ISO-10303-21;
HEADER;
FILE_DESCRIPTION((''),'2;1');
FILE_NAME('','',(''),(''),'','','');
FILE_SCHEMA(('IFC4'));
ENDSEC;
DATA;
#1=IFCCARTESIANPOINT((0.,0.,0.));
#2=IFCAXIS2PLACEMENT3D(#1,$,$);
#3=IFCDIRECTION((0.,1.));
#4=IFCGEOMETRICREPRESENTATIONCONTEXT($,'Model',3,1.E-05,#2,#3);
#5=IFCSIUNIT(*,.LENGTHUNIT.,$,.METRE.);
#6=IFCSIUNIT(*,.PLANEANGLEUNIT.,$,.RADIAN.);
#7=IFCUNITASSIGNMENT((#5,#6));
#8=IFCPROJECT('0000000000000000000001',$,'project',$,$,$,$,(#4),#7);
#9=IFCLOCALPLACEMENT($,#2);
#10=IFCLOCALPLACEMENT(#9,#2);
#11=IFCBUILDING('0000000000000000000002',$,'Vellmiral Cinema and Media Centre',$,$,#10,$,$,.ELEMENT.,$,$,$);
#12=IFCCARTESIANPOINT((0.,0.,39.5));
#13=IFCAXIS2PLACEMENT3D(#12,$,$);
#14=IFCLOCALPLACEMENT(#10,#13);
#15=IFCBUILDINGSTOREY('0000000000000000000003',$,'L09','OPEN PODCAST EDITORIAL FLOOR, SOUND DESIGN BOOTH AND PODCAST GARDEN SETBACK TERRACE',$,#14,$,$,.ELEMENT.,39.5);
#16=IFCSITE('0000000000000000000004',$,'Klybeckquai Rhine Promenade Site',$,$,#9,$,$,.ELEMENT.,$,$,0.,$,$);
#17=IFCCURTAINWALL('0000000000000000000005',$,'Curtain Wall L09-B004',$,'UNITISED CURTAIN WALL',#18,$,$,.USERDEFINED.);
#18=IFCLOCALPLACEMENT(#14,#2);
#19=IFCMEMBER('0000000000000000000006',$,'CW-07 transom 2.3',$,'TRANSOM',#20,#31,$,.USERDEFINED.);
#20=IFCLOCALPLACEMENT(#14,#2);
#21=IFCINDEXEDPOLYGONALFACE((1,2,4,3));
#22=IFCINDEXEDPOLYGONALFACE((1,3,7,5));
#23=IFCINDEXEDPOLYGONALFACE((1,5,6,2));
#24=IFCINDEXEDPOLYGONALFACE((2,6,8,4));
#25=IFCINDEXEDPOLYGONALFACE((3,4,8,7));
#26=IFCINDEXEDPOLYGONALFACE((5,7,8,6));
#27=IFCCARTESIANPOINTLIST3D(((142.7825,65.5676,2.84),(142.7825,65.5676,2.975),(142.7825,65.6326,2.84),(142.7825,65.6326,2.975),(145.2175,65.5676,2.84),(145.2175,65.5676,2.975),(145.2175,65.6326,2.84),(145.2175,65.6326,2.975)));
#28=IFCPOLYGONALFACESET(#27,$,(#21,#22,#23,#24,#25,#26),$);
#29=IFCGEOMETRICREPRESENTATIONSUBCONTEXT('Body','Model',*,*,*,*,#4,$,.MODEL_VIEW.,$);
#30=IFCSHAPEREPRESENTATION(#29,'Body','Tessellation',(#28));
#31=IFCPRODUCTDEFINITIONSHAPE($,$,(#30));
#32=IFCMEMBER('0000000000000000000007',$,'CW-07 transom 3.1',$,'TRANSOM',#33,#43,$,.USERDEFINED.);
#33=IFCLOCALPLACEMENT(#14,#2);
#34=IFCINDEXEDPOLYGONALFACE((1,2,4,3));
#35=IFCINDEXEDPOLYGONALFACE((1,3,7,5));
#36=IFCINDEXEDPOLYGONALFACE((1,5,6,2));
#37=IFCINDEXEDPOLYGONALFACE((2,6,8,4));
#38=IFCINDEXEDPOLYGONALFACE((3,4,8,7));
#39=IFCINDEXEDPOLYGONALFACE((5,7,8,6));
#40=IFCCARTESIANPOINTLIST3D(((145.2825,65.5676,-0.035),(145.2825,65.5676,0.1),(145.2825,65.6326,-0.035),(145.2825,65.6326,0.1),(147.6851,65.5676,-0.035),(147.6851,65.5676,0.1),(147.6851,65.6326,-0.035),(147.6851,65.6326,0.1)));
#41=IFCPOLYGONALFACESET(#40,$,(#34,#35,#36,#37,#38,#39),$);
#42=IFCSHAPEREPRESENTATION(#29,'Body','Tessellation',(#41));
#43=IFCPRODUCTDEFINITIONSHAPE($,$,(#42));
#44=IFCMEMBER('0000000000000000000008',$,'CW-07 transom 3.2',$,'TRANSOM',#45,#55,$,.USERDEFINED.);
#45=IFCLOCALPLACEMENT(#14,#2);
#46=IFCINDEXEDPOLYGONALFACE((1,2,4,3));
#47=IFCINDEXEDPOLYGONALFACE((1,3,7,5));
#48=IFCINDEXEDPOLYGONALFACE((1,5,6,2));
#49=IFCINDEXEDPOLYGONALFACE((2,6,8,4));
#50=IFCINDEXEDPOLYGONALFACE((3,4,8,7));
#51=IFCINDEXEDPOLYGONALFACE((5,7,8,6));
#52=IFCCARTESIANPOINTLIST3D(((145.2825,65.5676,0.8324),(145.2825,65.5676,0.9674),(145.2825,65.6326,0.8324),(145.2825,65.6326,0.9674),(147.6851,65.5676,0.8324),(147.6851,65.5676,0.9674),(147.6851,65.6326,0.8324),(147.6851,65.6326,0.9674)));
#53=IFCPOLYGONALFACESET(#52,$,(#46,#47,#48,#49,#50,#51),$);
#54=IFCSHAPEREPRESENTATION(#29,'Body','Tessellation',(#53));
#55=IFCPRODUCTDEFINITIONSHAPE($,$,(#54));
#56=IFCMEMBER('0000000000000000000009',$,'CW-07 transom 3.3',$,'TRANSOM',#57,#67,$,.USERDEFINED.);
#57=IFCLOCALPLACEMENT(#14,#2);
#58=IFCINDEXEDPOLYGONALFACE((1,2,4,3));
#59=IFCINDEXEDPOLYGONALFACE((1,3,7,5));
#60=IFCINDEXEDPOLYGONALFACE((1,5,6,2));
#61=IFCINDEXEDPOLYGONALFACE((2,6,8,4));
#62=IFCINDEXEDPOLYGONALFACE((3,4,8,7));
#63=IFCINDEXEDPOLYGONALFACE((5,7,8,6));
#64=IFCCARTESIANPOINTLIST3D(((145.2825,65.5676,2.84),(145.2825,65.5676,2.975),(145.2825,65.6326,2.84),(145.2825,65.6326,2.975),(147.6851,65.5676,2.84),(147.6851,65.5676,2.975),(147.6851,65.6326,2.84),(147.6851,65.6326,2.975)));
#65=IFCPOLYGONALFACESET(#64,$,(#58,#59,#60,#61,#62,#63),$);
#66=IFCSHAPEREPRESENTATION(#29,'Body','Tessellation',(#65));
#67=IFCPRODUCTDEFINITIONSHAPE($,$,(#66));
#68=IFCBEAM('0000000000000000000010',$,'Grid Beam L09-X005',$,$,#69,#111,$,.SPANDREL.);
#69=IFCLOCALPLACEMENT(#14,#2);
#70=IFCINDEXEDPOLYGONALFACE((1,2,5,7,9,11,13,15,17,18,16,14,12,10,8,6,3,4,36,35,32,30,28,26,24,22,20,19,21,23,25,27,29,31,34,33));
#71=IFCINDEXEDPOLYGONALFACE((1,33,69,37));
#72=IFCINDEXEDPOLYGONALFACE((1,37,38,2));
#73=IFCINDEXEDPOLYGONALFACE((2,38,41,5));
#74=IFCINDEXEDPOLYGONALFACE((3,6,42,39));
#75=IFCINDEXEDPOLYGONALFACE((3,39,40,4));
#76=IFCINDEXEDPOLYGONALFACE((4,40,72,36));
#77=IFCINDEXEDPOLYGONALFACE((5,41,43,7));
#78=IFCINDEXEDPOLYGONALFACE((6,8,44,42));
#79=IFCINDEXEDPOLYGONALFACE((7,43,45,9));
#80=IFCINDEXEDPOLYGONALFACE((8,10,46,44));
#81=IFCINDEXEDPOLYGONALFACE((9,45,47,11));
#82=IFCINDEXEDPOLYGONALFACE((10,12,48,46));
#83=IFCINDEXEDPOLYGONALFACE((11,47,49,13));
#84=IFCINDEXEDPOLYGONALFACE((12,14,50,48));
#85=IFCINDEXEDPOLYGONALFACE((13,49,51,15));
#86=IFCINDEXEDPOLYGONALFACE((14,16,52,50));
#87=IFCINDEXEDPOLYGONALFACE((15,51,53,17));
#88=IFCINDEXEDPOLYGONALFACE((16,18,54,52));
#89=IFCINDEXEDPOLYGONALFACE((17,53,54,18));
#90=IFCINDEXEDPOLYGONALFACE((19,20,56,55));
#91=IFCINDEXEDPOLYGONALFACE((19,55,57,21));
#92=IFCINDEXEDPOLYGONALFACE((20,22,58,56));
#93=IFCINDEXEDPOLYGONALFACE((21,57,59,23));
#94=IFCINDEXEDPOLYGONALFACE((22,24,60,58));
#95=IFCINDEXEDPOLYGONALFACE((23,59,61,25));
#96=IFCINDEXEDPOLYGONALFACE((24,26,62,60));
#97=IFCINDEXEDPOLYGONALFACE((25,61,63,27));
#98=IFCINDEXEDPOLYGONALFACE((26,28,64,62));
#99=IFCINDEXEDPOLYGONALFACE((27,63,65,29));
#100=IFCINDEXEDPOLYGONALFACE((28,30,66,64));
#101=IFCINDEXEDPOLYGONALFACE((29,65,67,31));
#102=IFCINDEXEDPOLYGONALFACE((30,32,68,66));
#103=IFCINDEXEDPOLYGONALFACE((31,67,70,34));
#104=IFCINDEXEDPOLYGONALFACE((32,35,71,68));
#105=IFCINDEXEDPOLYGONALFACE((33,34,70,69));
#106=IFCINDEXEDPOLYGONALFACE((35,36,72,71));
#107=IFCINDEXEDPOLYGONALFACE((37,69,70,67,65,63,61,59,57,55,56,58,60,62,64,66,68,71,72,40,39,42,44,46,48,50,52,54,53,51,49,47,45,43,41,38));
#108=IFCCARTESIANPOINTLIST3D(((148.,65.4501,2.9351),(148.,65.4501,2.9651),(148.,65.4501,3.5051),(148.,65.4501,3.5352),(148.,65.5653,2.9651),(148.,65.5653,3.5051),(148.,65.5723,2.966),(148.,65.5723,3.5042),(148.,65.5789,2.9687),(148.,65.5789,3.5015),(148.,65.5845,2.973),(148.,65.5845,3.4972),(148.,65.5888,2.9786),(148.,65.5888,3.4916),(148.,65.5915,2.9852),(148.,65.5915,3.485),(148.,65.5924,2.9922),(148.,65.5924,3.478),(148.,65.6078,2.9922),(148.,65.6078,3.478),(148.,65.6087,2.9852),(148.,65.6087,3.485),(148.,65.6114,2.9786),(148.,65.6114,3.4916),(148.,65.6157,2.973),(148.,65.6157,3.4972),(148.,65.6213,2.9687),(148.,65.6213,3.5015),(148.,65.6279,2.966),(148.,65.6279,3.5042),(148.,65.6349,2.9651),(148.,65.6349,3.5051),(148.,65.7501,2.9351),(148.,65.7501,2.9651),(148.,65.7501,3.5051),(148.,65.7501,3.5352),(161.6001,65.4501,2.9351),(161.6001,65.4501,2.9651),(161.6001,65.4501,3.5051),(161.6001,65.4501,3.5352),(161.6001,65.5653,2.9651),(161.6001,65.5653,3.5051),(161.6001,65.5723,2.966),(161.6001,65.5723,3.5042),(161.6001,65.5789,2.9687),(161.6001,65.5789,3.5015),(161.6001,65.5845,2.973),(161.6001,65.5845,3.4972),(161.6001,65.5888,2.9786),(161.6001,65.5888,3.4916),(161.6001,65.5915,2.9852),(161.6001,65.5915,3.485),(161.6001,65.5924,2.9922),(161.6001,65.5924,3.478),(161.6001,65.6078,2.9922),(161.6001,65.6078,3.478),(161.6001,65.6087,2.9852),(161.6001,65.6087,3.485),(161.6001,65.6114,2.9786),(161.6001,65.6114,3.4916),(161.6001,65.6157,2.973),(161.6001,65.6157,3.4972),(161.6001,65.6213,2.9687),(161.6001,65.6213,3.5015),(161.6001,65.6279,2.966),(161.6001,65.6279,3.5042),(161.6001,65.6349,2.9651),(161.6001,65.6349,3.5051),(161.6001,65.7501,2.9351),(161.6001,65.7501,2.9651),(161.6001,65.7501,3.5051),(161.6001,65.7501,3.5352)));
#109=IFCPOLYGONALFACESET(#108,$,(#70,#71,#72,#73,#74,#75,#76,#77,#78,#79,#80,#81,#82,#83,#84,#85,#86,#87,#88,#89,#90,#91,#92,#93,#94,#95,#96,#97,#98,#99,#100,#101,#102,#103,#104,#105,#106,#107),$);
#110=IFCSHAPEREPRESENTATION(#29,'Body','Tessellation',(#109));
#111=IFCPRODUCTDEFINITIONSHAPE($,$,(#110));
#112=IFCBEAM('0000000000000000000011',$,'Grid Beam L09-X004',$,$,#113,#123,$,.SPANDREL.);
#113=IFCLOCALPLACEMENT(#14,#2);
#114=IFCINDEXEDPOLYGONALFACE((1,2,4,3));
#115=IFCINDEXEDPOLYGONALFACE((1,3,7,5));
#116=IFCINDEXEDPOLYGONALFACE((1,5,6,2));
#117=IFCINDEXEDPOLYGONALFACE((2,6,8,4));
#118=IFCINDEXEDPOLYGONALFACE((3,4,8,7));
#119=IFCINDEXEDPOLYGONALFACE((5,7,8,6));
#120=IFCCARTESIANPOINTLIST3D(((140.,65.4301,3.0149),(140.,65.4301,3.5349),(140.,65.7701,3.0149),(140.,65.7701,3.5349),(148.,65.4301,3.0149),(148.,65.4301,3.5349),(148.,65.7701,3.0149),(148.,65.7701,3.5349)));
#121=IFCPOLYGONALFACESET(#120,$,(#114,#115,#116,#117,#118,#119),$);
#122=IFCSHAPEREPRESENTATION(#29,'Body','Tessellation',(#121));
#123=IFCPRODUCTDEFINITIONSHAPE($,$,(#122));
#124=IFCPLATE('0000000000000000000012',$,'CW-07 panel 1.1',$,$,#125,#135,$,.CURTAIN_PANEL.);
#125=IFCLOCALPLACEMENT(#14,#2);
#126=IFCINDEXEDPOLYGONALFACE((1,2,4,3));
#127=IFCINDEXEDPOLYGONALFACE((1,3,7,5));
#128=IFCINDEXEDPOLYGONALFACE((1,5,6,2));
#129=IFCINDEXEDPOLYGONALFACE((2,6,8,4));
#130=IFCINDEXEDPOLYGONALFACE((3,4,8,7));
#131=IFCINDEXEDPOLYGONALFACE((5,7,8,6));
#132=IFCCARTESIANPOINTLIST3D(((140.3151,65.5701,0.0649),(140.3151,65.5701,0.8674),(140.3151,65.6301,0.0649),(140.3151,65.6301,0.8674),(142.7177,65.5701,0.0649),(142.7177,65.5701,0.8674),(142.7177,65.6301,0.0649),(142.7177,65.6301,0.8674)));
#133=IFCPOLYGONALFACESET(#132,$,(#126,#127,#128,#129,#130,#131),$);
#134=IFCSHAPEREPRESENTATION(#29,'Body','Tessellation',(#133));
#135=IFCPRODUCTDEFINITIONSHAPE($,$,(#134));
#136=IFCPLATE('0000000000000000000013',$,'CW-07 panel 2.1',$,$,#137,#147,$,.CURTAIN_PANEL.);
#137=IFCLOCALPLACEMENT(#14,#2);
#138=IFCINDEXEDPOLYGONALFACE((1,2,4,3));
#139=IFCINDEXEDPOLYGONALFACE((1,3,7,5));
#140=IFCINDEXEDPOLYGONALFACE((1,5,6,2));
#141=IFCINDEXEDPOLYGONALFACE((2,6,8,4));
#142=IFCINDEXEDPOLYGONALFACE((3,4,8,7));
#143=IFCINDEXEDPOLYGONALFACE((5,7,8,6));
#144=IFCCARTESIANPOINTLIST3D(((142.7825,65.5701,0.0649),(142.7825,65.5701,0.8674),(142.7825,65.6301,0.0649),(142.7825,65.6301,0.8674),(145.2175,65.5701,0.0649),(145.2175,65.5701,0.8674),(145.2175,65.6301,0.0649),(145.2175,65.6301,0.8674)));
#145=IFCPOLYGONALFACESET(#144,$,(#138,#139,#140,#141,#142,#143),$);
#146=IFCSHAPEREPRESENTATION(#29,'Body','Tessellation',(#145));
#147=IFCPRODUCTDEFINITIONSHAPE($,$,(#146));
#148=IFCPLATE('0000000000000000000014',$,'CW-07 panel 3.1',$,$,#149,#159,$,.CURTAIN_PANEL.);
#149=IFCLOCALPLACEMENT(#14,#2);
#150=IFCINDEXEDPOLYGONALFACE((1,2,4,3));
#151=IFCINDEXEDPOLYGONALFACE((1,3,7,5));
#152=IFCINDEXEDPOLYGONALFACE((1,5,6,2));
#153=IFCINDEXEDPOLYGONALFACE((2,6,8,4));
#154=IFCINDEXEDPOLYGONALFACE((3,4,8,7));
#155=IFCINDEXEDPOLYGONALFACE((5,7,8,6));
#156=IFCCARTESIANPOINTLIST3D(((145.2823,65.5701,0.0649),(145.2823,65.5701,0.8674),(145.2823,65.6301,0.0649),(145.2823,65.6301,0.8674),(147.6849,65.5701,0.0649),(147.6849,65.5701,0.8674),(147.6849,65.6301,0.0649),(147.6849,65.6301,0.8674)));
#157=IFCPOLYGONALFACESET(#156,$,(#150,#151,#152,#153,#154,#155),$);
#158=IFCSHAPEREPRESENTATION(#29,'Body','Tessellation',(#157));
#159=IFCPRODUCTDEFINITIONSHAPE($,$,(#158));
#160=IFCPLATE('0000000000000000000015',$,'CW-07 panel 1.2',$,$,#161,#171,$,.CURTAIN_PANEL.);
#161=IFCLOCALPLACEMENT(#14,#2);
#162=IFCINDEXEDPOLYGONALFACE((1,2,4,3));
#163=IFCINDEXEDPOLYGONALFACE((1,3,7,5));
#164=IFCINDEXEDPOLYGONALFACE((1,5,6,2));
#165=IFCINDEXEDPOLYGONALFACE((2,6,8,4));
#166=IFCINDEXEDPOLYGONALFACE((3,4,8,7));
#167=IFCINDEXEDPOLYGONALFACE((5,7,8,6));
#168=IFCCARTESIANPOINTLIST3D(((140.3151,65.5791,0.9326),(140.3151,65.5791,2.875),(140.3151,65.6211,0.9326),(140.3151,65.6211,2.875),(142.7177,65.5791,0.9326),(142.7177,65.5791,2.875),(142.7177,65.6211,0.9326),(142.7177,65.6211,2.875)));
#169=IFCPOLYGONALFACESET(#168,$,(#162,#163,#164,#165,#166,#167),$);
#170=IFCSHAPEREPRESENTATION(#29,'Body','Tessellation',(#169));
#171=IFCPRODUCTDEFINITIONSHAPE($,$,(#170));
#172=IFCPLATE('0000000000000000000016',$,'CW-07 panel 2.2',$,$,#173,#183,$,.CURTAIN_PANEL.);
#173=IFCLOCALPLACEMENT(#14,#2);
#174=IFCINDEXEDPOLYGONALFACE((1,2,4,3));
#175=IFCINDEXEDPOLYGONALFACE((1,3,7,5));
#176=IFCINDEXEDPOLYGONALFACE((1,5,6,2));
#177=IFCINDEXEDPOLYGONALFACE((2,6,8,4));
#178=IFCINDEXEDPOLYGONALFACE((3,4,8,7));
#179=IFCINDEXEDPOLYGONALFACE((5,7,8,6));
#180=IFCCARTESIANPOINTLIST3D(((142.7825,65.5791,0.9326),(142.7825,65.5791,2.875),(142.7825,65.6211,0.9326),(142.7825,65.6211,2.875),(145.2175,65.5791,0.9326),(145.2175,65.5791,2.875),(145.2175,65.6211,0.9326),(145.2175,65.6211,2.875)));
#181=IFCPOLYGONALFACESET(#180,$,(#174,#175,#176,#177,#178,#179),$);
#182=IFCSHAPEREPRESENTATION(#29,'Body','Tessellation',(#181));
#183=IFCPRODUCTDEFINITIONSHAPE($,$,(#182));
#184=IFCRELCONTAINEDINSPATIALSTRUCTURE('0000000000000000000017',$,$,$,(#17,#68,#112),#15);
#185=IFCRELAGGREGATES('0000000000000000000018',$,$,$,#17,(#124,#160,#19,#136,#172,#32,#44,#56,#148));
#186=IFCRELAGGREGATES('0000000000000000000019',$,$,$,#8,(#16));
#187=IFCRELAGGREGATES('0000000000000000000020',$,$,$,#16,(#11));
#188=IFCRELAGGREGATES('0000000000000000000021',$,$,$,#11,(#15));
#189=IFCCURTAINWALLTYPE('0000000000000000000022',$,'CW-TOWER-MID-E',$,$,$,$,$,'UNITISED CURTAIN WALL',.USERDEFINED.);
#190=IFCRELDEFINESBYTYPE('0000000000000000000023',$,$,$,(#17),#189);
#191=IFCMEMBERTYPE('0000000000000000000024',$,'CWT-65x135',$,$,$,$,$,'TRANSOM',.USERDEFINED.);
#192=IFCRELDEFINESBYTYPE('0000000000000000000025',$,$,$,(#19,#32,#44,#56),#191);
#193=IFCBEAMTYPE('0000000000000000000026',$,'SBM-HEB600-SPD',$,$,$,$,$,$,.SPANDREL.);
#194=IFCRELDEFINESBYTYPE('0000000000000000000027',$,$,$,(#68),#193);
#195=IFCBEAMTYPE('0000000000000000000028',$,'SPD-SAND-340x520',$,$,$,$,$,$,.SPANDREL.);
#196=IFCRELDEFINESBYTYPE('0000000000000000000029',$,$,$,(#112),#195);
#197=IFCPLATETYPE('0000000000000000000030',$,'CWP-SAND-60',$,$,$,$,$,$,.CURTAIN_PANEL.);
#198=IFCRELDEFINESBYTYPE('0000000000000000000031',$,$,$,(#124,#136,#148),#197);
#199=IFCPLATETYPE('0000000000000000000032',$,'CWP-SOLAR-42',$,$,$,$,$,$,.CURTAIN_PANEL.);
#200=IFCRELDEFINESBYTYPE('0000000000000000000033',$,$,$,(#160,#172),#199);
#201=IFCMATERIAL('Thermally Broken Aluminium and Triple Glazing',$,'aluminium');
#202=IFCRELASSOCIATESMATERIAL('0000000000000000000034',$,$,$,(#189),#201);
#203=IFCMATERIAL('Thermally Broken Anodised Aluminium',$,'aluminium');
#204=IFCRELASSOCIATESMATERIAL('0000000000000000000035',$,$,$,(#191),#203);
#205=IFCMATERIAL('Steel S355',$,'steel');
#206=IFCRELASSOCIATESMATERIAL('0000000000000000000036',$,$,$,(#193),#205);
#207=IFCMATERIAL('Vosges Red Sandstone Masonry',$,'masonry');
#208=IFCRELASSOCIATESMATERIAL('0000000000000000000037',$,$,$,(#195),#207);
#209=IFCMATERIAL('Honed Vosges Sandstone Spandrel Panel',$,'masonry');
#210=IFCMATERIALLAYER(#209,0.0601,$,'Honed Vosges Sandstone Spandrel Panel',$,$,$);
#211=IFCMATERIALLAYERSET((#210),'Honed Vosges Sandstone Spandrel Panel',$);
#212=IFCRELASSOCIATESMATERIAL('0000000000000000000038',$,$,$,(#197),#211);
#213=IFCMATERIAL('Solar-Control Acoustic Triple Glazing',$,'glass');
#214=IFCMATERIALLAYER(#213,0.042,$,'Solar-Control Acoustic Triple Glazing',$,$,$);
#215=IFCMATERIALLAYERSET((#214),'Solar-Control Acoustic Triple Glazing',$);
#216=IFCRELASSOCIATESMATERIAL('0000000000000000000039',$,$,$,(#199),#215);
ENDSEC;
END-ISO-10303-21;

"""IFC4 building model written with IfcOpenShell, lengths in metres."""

from ifc_helpers import new_model, si_unit, direction, frame, origin, origin_2d, place, context, subcontext, project, spatial, rectangle, i_section, extrude, material, layer, layer_set, material_profile, profile_set, type_object, element, aggregate, save


model = new_model("IFC4")

# Units and contexts
model_context = context("Model", 3, precision=1e-05, world=origin(), true_north=direction((0.0, 1.0)))
body_context = subcontext(model_context, "Body", "Model", "MODEL_VIEW")
ifc_project = project(units=[si_unit("LENGTHUNIT", "METRE"), si_unit("PLANEANGLEUNIT", "RADIAN")], contexts=[model_context])

# Site, building, storey
site_placement = place(None, origin())
site = spatial("IfcSite", under=ifc_project, at=site_placement, Name="Klybeckquai Rhine Promenade Site", CompositionType="ELEMENT", RefElevation=0.0)
building_placement = place(site_placement, origin())
building = spatial("IfcBuilding", under=site, at=building_placement, Name="Vellmiral Cinema and Media Centre", CompositionType="ELEMENT")
storey_placement = place(building_placement, frame((0.0, 0.0, 39.5)))
storey = spatial("IfcBuildingStorey", under=building, at=storey_placement, Name="L09", Description="OPEN PODCAST EDITORIAL FLOOR, SOUND DESIGN BOOTH AND PODCAST GARDEN SETBACK TERRACE", CompositionType="ELEMENT", Elevation=39.5)

# Curtain wall, members
ifc_material_1 = material(Name="Thermally Broken Aluminium and Triple Glazing", Category="aluminium")
curtain_wall_type = type_object("IfcCurtainWallType", Name="CW-TOWER-MID-E", ElementType="UNITISED CURTAIN WALL", PredefinedType="USERDEFINED", material=ifc_material_1)
curtain_wall_placement = place(storey_placement, origin())
curtain_wall = element("IfcCurtainWall", 1, at=curtain_wall_placement, inside=storey, type_object=curtain_wall_type, Name="Curtain Wall L09-B004", ObjectType="UNITISED CURTAIN WALL", PredefinedType="USERDEFINED")
ifc_material_2 = material(Name="Thermally Broken Anodised Aluminium", Category="aluminium")
ifc_material_profile_1 = material_profile(ifc_material_2, rectangle(XDim=0.0649, YDim=0.135, at=origin_2d()), Name="MULL 65x135")
ifc_profile_set_1 = profile_set([ifc_material_profile_1], Name="Thermally Broken Anodised Aluminium")
member_type_1 = type_object("IfcMemberType", Name="CWT-65x135", ElementType="TRANSOM", PredefinedType="USERDEFINED", material=ifc_profile_set_1)
member_1_placement = place(storey_placement, frame((142.7825, 65.6001, 2.9075), z_axis=(1.0, 0.0, 0.0), x_axis=(0.0, 1.0, 0.0)))
member_1 = element("IfcMember", 2, at=member_1_placement, type_object=member_type_1, Name="CW-07 transom 2.3", ObjectType="TRANSOM", PredefinedType="USERDEFINED", context=body_context, shape_type="SweptSolid", body=[
    extrude(rectangle(XDim=0.0649, YDim=0.135, at=origin_2d()), origin(), (0.0, 0.0, 1.0), 2.4351),
])
member_2_placement = place(storey_placement, frame((145.2825, 65.6001, 0.0325), z_axis=(1.0, 0.0, 0.0), x_axis=(0.0, 1.0, 0.0)))
member_2 = element("IfcMember", 3, at=member_2_placement, type_object=member_type_1, Name="CW-07 transom 3.1", ObjectType="TRANSOM", PredefinedType="USERDEFINED", context=body_context, shape_type="SweptSolid", body=[
    extrude(rectangle(XDim=0.0649, YDim=0.135, at=origin_2d()), origin(), (0.0, 0.0, 1.0), 2.4026),
])
member_3_placement = place(storey_placement, frame((145.2825, 65.6001, 0.8999), z_axis=(1.0, 0.0, 0.0), x_axis=(0.0, 1.0, 0.0)))
member_3 = element("IfcMember", 4, at=member_3_placement, type_object=member_type_1, Name="CW-07 transom 3.2", ObjectType="TRANSOM", PredefinedType="USERDEFINED", context=body_context, shape_type="SweptSolid", body=[
    extrude(rectangle(XDim=0.0649, YDim=0.135, at=origin_2d()), origin(), (0.0, 0.0, 1.0), 2.4026),
])
member_4_placement = place(storey_placement, frame((145.2825, 65.6001, 2.9075), z_axis=(1.0, 0.0, 0.0), x_axis=(0.0, 1.0, 0.0)))
member_4 = element("IfcMember", 5, at=member_4_placement, type_object=member_type_1, Name="CW-07 transom 3.3", ObjectType="TRANSOM", PredefinedType="USERDEFINED", context=body_context, shape_type="SweptSolid", body=[
    extrude(rectangle(XDim=0.0649, YDim=0.135, at=origin_2d()), origin(), (0.0, 0.0, 1.0), 2.4026),
])

# Beams
ifc_material_3 = material(Name="Steel S355", Category="steel")
ifc_material_profile_2 = material_profile(ifc_material_3, i_section(OverallWidth=0.3, OverallDepth=0.6001, WebThickness=0.0154, FlangeThickness=0.03, FilletRadius=0.0271, at=origin_2d()), Name="HEB 600")
ifc_profile_set_2 = profile_set([ifc_material_profile_2], Name="Steel S355")
beam_type_1 = type_object("IfcBeamType", Name="SBM-HEB600-SPD", PredefinedType="SPANDREL", material=ifc_profile_set_2)
beam_1_placement = place(storey_placement, frame((148.0, 65.6001, 3.2351), z_axis=(1.0, 0.0, 0.0), x_axis=(0.0, 1.0, 0.0)))
element("IfcBeam", 6, at=beam_1_placement, inside=storey, type_object=beam_type_1, Name="Grid Beam L09-X005", PredefinedType="SPANDREL", context=body_context, shape_type="SweptSolid", body=[
    extrude(i_section(OverallWidth=0.3, OverallDepth=0.6001, WebThickness=0.0154, FlangeThickness=0.03, FilletRadius=0.0271, at=origin_2d()), origin(), (0.0, 0.0, 1.0), 13.6001),
])
ifc_material_4 = material(Name="Vosges Red Sandstone Masonry", Category="masonry")
ifc_material_profile_3 = material_profile(ifc_material_4, rectangle(XDim=0.3401, YDim=0.52, at=origin_2d()), Name="SAND 340x520")
ifc_profile_set_3 = profile_set([ifc_material_profile_3], Name="Vosges Red Sandstone Masonry")
beam_type_2 = type_object("IfcBeamType", Name="SPD-SAND-340x520", PredefinedType="SPANDREL", material=ifc_profile_set_3)
beam_2_placement = place(storey_placement, frame((140.0, 65.6001, 3.2749), z_axis=(1.0, 0.0, 0.0), x_axis=(0.0, 1.0, 0.0)))
element("IfcBeam", 7, at=beam_2_placement, inside=storey, type_object=beam_type_2, Name="Grid Beam L09-X004", PredefinedType="SPANDREL", context=body_context, shape_type="SweptSolid", body=[
    extrude(rectangle(XDim=0.3401, YDim=0.52, at=origin_2d()), origin(), (0.0, 0.0, 1.0), 8.0),
])

# Plates
ifc_material_5 = material(Name="Honed Vosges Sandstone Spandrel Panel", Category="masonry")
ifc_layer_1 = layer(ifc_material_5, 0.0601, Name="Honed Vosges Sandstone Spandrel Panel")
ifc_layer_set_1 = layer_set([ifc_layer_1], Name="Honed Vosges Sandstone Spandrel Panel")
plate_type_1 = type_object("IfcPlateType", Name="CWP-SAND-60", PredefinedType="CURTAIN_PANEL", material=ifc_layer_set_1)
plate_1_placement = place(storey_placement, frame((141.5164, 65.6001, 0.0649), z_axis=(0.0, 0.0, 1.0), x_axis=(1.0, 0.0, 0.0)))
plate_1 = element("IfcPlate", 8, at=plate_1_placement, type_object=plate_type_1, Name="CW-07 panel 1.1", PredefinedType="CURTAIN_PANEL", context=body_context, shape_type="SweptSolid", body=[
    extrude(rectangle(XDim=2.4026, YDim=0.0601, at=origin_2d()), origin(), (0.0, 0.0, 1.0), 0.8025),
])
plate_2_placement = place(storey_placement, frame((144.0, 65.6001, 0.0649), z_axis=(0.0, 0.0, 1.0), x_axis=(1.0, 0.0, 0.0)))
plate_2 = element("IfcPlate", 9, at=plate_2_placement, type_object=plate_type_1, Name="CW-07 panel 2.1", PredefinedType="CURTAIN_PANEL", context=body_context, shape_type="SweptSolid", body=[
    extrude(rectangle(XDim=2.4351, YDim=0.0601, at=origin_2d()), origin(), (0.0, 0.0, 1.0), 0.8025),
])
plate_3_placement = place(storey_placement, frame((146.4836, 65.6001, 0.0649), z_axis=(0.0, 0.0, 1.0), x_axis=(1.0, 0.0, 0.0)))
plate_3 = element("IfcPlate", 10, at=plate_3_placement, type_object=plate_type_1, Name="CW-07 panel 3.1", PredefinedType="CURTAIN_PANEL", context=body_context, shape_type="SweptSolid", body=[
    extrude(rectangle(XDim=2.4026, YDim=0.0601, at=origin_2d()), origin(), (0.0, 0.0, 1.0), 0.8025),
])
ifc_material_6 = material(Name="Solar-Control Acoustic Triple Glazing", Category="glass")
ifc_layer_2 = layer(ifc_material_6, 0.042, Name="Solar-Control Acoustic Triple Glazing")
ifc_layer_set_2 = layer_set([ifc_layer_2], Name="Solar-Control Acoustic Triple Glazing")
plate_type_2 = type_object("IfcPlateType", Name="CWP-SOLAR-42", PredefinedType="CURTAIN_PANEL", material=ifc_layer_set_2)
plate_4_placement = place(storey_placement, frame((141.5164, 65.6001, 0.9326), z_axis=(0.0, 0.0, 1.0), x_axis=(1.0, 0.0, 0.0)))
plate_4 = element("IfcPlate", 11, at=plate_4_placement, type_object=plate_type_2, Name="CW-07 panel 1.2", PredefinedType="CURTAIN_PANEL", context=body_context, shape_type="SweptSolid", body=[
    extrude(rectangle(XDim=2.4026, YDim=0.042, at=origin_2d()), origin(), (0.0, 0.0, 1.0), 1.9424),
])
plate_5_placement = place(storey_placement, frame((144.0, 65.6001, 0.9326), z_axis=(0.0, 0.0, 1.0), x_axis=(1.0, 0.0, 0.0)))
plate_5 = element("IfcPlate", 12, at=plate_5_placement, type_object=plate_type_2, Name="CW-07 panel 2.2", PredefinedType="CURTAIN_PANEL", context=body_context, shape_type="SweptSolid", body=[
    extrude(rectangle(XDim=2.4351, YDim=0.042, at=origin_2d()), origin(), (0.0, 0.0, 1.0), 1.9424),
])
aggregate(curtain_wall, [plate_1, plate_4, member_1, plate_2, plate_5, member_2, member_3, member_4, plate_3])

save(model, "model.ifc")
